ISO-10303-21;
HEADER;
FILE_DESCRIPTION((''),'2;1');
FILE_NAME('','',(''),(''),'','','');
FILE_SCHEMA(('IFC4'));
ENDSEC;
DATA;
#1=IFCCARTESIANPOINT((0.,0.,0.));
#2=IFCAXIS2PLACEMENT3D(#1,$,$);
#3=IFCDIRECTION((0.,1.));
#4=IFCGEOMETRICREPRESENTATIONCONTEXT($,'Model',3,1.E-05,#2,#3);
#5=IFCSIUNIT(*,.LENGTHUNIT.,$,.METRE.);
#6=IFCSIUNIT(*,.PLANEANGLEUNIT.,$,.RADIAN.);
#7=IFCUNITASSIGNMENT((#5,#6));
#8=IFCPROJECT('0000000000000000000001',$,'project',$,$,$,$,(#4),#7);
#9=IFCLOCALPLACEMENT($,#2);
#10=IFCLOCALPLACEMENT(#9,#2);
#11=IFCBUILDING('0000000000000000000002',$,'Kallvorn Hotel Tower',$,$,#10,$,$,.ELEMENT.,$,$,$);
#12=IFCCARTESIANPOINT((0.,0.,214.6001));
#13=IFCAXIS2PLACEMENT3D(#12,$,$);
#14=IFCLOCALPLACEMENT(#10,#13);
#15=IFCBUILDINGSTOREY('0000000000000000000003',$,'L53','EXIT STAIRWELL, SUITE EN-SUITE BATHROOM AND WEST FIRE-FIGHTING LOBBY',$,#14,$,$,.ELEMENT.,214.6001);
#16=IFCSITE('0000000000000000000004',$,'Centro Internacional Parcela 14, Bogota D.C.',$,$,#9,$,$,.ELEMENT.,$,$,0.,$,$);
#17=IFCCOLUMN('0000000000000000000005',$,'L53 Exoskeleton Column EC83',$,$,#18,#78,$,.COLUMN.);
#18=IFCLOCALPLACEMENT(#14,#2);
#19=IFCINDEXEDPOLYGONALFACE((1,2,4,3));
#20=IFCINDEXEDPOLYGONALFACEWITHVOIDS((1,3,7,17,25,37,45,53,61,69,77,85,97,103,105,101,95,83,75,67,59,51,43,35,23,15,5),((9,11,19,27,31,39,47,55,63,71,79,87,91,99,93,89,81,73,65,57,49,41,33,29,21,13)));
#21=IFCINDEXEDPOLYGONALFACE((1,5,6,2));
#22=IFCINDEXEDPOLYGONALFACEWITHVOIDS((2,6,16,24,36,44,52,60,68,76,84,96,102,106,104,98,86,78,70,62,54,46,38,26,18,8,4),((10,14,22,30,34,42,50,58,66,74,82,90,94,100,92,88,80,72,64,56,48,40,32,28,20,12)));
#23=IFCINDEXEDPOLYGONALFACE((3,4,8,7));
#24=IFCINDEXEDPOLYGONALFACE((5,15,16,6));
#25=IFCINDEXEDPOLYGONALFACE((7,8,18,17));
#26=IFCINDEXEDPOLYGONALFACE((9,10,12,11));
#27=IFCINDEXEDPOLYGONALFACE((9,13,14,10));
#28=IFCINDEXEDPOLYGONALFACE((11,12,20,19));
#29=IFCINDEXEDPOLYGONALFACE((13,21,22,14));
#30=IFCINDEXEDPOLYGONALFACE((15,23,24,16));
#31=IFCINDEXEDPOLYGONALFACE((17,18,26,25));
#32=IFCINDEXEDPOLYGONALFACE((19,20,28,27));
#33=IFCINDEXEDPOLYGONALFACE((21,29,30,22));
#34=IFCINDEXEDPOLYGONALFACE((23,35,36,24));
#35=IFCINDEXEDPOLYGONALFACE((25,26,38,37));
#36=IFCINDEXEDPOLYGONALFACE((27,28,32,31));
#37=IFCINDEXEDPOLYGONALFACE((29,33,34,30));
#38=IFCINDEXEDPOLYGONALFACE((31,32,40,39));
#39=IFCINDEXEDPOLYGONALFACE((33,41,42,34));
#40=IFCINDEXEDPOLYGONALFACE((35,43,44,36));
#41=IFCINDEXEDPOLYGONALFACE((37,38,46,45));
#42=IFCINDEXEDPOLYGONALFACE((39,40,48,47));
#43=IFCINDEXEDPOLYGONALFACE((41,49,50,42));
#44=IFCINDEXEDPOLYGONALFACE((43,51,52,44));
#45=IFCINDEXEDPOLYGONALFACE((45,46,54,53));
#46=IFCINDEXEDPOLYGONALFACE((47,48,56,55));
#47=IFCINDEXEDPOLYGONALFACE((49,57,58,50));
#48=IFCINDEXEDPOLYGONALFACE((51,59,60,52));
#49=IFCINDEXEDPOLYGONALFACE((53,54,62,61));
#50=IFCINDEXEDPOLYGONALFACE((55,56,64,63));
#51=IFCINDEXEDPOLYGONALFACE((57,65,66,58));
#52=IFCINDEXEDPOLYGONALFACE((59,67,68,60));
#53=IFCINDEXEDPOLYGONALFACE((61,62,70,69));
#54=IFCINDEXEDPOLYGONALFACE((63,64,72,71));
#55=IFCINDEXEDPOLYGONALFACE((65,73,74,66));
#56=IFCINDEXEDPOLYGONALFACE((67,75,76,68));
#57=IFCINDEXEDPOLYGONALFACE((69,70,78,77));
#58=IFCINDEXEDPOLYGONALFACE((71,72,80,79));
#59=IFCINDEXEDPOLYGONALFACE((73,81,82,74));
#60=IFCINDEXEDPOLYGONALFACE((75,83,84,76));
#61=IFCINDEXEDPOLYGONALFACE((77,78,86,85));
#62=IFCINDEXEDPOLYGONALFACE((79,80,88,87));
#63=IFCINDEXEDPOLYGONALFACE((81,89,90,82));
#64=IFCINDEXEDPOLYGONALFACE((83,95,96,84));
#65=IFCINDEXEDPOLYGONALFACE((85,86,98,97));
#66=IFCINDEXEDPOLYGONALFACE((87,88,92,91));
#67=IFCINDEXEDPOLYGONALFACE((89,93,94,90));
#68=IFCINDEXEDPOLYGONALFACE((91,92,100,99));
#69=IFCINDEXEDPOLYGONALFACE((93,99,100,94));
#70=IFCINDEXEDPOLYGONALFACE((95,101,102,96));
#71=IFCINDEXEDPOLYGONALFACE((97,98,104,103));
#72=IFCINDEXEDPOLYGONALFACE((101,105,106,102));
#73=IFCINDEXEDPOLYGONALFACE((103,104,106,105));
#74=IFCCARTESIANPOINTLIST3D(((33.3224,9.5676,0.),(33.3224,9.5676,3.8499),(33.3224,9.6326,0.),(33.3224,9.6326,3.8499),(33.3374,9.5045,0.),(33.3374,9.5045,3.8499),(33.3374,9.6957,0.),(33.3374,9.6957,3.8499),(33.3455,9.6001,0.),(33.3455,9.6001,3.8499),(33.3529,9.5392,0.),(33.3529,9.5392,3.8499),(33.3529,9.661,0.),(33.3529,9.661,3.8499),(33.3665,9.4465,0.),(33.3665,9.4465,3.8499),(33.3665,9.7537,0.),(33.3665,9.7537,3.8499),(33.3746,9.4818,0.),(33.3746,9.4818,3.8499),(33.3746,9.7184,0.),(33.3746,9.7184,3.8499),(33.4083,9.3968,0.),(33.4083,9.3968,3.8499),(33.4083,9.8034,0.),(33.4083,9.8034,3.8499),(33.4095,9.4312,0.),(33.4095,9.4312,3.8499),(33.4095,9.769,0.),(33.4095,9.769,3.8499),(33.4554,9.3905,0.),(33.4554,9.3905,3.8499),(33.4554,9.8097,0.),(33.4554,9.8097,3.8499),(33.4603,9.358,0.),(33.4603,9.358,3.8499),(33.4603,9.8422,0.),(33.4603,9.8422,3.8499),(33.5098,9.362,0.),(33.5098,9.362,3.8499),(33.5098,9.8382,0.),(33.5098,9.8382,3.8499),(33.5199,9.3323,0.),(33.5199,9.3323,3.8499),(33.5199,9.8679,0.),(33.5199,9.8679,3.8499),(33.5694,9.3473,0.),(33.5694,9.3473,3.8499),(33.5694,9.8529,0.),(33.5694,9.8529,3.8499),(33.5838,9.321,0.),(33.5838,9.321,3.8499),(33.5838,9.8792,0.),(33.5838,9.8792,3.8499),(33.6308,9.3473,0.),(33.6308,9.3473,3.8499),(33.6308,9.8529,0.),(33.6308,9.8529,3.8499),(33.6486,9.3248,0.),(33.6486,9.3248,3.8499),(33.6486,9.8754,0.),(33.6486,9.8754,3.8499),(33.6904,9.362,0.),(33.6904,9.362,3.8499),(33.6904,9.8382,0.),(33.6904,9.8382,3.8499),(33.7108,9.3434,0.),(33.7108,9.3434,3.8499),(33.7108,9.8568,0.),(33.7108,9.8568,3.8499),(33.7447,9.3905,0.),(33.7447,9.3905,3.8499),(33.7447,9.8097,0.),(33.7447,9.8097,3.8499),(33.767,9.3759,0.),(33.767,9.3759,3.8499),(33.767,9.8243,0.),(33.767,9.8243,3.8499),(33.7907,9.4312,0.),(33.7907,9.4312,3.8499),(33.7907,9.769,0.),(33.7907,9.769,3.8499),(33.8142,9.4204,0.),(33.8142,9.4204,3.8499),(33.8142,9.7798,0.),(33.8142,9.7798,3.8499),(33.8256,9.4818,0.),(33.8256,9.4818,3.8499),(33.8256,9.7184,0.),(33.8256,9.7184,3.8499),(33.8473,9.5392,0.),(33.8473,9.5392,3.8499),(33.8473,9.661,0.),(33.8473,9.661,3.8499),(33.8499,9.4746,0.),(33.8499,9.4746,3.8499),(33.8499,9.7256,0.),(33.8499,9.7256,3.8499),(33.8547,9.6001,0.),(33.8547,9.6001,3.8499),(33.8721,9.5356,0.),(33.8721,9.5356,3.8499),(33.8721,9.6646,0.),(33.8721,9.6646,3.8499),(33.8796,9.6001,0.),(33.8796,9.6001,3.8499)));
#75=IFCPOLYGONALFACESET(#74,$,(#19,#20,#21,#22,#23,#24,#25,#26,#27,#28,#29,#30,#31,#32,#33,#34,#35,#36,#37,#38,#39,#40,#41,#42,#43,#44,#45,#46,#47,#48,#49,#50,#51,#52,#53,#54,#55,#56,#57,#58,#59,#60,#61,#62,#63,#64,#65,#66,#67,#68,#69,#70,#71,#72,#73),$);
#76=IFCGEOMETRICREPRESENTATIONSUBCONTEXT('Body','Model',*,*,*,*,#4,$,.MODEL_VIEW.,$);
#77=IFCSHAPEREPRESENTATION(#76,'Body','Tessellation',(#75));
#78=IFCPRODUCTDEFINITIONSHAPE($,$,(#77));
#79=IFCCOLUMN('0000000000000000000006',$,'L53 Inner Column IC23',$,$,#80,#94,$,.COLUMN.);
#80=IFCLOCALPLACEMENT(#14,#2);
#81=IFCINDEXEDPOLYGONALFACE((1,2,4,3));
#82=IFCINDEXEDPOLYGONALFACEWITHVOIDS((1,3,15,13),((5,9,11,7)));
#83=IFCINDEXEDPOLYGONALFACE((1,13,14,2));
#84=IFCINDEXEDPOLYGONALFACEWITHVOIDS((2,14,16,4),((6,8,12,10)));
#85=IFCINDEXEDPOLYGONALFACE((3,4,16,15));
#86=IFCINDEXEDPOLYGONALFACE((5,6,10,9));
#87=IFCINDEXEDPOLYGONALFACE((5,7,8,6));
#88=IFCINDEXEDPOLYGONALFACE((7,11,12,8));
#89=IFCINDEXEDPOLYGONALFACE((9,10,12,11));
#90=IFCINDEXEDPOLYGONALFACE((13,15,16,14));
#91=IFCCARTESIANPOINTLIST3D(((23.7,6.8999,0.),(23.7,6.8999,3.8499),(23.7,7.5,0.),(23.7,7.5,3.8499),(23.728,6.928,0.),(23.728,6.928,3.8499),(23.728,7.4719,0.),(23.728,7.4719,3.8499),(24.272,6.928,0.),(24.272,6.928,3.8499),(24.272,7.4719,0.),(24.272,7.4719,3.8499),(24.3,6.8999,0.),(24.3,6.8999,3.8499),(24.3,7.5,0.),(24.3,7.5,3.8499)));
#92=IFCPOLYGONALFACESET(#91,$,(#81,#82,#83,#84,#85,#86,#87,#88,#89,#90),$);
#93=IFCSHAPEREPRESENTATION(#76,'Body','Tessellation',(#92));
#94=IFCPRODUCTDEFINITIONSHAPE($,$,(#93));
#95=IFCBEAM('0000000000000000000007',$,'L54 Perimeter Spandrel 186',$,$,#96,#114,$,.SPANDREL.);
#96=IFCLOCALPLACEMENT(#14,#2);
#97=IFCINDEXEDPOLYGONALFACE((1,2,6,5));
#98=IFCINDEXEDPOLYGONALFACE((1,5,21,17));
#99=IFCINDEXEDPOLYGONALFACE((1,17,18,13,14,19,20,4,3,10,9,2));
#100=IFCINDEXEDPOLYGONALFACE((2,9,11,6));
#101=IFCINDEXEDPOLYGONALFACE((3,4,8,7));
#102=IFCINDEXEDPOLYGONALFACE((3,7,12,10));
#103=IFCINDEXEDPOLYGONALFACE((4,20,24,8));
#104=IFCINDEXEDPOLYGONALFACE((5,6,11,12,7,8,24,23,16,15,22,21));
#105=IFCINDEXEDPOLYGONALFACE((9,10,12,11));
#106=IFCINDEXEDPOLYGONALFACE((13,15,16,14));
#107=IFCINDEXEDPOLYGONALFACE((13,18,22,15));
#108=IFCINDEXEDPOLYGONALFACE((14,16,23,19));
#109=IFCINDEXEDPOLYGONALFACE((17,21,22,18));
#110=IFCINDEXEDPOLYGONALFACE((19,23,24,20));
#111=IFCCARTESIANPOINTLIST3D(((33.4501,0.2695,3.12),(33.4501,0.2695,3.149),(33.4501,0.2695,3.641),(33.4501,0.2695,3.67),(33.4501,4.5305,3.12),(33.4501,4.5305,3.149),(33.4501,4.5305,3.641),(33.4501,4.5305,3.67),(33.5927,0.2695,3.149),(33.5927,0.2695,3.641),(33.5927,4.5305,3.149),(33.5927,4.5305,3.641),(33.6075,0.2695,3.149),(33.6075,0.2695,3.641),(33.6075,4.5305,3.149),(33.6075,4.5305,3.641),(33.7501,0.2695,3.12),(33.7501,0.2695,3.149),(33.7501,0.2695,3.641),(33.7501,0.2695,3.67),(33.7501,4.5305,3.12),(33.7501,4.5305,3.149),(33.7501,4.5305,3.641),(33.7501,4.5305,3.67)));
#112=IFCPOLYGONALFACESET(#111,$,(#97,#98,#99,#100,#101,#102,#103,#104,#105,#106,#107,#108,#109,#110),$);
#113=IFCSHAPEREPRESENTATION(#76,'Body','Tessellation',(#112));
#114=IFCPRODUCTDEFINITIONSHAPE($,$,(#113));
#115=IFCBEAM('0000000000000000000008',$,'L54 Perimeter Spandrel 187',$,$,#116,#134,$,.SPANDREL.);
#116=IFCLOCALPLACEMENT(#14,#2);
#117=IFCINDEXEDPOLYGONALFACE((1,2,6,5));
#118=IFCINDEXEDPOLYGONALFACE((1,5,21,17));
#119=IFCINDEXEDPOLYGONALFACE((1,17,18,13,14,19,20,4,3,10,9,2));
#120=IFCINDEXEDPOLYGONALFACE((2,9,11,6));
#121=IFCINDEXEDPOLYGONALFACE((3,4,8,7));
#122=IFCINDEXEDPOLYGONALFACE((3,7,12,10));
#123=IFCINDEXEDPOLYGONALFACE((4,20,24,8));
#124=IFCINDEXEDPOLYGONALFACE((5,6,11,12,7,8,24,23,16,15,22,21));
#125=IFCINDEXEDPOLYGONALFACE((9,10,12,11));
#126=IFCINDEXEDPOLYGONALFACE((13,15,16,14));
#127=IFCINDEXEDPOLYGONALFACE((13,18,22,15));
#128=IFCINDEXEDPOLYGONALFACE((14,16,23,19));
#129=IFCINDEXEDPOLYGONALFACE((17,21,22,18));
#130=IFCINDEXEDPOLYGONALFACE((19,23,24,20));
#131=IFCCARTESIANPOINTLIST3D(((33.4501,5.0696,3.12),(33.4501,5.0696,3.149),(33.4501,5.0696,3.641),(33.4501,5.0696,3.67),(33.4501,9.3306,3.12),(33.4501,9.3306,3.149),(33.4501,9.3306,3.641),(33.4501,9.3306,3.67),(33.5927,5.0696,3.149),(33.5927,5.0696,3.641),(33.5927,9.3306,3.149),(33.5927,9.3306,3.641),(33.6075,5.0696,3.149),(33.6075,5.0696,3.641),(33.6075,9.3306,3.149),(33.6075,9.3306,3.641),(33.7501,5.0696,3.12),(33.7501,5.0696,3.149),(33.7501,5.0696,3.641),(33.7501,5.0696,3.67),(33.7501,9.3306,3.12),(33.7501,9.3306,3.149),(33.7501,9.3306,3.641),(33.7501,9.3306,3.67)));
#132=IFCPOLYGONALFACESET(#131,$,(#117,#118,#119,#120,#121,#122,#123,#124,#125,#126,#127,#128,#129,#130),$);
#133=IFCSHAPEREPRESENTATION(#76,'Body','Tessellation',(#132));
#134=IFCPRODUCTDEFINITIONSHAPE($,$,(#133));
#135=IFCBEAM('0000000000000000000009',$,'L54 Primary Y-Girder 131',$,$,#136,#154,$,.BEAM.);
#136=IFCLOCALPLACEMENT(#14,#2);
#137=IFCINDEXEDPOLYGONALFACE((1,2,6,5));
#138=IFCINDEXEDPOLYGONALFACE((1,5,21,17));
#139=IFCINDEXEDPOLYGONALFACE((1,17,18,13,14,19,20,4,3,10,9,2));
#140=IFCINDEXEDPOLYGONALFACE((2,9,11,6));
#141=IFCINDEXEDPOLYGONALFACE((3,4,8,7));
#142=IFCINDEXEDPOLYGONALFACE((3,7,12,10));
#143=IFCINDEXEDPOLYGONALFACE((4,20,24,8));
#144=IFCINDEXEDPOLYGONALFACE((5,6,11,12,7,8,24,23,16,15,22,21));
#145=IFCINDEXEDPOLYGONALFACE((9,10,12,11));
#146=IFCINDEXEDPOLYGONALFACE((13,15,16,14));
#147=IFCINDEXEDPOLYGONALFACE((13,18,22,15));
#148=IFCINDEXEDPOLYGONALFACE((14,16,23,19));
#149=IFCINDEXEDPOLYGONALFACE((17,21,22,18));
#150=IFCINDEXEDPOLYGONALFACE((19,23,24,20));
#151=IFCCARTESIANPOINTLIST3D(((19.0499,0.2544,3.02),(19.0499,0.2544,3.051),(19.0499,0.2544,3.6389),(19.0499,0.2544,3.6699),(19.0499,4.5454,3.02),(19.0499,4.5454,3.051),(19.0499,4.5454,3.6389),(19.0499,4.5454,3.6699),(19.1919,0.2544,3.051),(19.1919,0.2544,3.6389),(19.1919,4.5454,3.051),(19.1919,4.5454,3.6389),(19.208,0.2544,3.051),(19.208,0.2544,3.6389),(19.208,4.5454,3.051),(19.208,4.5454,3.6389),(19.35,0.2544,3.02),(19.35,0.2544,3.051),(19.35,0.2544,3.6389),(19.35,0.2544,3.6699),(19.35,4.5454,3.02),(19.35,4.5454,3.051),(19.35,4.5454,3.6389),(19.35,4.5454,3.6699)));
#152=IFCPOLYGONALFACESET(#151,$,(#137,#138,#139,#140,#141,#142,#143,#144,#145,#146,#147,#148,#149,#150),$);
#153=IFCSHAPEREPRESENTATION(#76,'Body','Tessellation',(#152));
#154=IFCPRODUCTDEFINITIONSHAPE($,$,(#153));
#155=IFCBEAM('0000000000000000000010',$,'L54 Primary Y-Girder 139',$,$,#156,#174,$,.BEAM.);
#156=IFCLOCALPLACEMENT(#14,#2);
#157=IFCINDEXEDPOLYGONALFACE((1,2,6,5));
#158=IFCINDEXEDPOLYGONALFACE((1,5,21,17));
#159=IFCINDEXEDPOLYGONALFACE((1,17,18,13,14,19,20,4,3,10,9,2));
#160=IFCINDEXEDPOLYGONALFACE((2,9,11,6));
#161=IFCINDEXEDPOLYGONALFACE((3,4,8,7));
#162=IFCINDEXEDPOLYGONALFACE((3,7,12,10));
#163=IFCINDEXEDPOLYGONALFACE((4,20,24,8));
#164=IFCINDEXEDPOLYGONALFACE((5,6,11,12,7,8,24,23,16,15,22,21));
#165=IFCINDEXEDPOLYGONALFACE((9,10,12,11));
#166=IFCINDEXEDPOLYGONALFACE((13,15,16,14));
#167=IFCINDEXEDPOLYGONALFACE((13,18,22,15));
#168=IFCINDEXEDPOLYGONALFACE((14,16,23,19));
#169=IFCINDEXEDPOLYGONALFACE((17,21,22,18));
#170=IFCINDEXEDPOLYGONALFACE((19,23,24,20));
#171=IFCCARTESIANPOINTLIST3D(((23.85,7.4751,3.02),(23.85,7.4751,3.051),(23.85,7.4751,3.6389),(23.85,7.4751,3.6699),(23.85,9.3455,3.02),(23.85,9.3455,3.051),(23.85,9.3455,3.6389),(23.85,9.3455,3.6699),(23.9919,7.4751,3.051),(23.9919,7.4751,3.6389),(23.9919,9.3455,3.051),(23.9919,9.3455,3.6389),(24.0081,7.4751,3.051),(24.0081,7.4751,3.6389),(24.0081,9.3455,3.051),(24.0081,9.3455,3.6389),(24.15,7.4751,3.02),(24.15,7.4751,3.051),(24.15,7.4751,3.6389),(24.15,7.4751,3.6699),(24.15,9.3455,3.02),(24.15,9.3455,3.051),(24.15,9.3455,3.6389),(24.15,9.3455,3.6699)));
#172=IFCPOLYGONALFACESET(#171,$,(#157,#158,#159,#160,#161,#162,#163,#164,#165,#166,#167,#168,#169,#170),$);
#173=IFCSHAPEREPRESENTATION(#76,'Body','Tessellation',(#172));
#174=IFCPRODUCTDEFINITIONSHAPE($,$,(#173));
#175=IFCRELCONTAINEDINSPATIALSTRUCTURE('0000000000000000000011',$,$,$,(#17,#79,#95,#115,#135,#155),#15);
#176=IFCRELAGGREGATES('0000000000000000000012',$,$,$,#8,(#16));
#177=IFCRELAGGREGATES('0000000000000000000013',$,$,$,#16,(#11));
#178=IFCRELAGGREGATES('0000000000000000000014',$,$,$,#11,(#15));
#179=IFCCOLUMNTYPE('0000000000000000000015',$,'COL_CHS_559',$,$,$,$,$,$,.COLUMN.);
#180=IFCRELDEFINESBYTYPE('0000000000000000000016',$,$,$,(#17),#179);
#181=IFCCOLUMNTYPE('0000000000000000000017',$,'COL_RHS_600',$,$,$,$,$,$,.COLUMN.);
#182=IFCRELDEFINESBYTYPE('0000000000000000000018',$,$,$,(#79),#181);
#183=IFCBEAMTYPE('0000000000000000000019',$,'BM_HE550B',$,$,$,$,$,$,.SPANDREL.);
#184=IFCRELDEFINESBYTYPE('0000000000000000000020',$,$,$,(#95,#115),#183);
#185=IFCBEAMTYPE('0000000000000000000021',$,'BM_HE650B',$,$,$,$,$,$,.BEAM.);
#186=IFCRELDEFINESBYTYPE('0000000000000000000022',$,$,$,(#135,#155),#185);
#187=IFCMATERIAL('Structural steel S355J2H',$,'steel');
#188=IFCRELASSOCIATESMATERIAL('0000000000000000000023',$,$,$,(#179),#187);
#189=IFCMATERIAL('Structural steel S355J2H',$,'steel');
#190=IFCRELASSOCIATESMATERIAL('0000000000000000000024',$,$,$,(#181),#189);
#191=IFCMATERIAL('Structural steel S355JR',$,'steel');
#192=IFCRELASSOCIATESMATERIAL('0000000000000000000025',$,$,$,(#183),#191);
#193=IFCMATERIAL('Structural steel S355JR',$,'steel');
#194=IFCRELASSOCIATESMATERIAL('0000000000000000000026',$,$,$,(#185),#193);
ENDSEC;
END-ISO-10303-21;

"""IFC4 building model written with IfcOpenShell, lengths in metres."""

from ifc_helpers import new_model, si_unit, direction, frame, origin, origin_2d, place, context, subcontext, project, spatial, hollow_rectangle, hollow_circle, i_section, extrude, material, material_profile, profile_set, type_object, element, save


model = new_model("IFC4")

# Units and contexts
model_context = context("Model", 3, precision=1e-05, world=origin(), true_north=direction((0.0, 1.0)))
body_context = subcontext(model_context, "Body", "Model", "MODEL_VIEW")
ifc_project = project(units=[si_unit("LENGTHUNIT", "METRE"), si_unit("PLANEANGLEUNIT", "RADIAN")], contexts=[model_context])

# Site, building, storey
site_placement = place(None, origin())
site = spatial("IfcSite", under=ifc_project, at=site_placement, Name="Centro Internacional Parcela 14, Bogota D.C.", CompositionType="ELEMENT", RefElevation=0.0)
building_placement = place(site_placement, origin())
building = spatial("IfcBuilding", under=site, at=building_placement, Name="Kallvorn Hotel Tower", CompositionType="ELEMENT")
storey_placement = place(building_placement, frame((0.0, 0.0, 214.6001)))
storey = spatial("IfcBuildingStorey", under=building, at=storey_placement, Name="L53", Description="EXIT STAIRWELL, SUITE EN-SUITE BATHROOM AND WEST FIRE-FIGHTING LOBBY", CompositionType="ELEMENT", Elevation=214.6001)

# Columns
ifc_material_1 = material(Name="Structural steel S355J2H", Category="steel")
ifc_material_profile_1 = material_profile(ifc_material_1, hollow_circle(Radius=0.2795, WallThickness=0.0249, at=origin_2d()), Name="CHS 559x25")
ifc_profile_set_1 = profile_set([ifc_material_profile_1], Name="Structural steel S355J2H")
column_type_1 = type_object("IfcColumnType", Name="COL_CHS_559", PredefinedType="COLUMN", material=ifc_profile_set_1)
for number, where, z_axis, x_axis, name in (
    (1, (33.6001, 9.6001, 0.0), (0.0, 0.0, 1.0), (1.0, 0.0, 0.0), "L53 Exoskeleton Column EC83"),
):
    element("IfcColumn", number, at=place(storey_placement, frame(where, z_axis=z_axis, x_axis=x_axis)), inside=storey, type_object=column_type_1, Name=name, PredefinedType="COLUMN", context=body_context, shape_type="SweptSolid", body=[
        extrude(hollow_circle(Radius=0.2795, WallThickness=0.0249, at=origin_2d()), origin(), (0.0, 0.0, 1.0), 3.8499),
    ])
ifc_material_2 = material(Name="Structural steel S355J2H", Category="steel")
ifc_material_profile_2 = material_profile(ifc_material_2, hollow_rectangle(XDim=0.6001, YDim=0.6001, WallThickness=0.0281, at=origin_2d()), Name="RHS 600x600x28")
ifc_profile_set_2 = profile_set([ifc_material_profile_2], Name="Structural steel S355J2H")
column_type_2 = type_object("IfcColumnType", Name="COL_RHS_600", PredefinedType="COLUMN", material=ifc_profile_set_2)
column_placement = place(storey_placement, frame((24.0, 7.2, 0.0), z_axis=(0.0, 0.0, 1.0), x_axis=(1.0, 0.0, 0.0)))
element("IfcColumn", 2, at=column_placement, inside=storey, type_object=column_type_2, Name="L53 Inner Column IC23", PredefinedType="COLUMN", context=body_context, shape_type="SweptSolid", body=[
    extrude(hollow_rectangle(XDim=0.6001, YDim=0.6001, WallThickness=0.0281, at=origin_2d()), origin(), (0.0, 0.0, 1.0), 3.8499),
])

# Beams
ifc_material_3 = material(Name="Structural steel S355JR", Category="steel")
ifc_material_profile_3 = material_profile(ifc_material_3, i_section(OverallWidth=0.3, OverallDepth=0.55, WebThickness=0.0149, FlangeThickness=0.0291, at=origin_2d()), Name="HE 550 B")
ifc_profile_set_3 = profile_set([ifc_material_profile_3], Name="Structural steel S355JR")
beam_type_1 = type_object("IfcBeamType", Name="BM_HE550B", PredefinedType="SPANDREL", material=ifc_profile_set_3)
for number, where, z_axis, x_axis, name in (
    (3, (33.6001, 0.2695, 3.395), (0.0, 1.0, 0.0), (-1.0, 0.0, 0.0), "L54 Perimeter Spandrel 186"),
    (4, (33.6001, 5.0696, 3.395), (0.0, 1.0, 0.0), (-1.0, 0.0, 0.0), "L54 Perimeter Spandrel 187"),
):
    element("IfcBeam", number, at=place(storey_placement, frame(where, z_axis=z_axis, x_axis=x_axis)), inside=storey, type_object=beam_type_1, Name=name, PredefinedType="SPANDREL", context=body_context, shape_type="SweptSolid", body=[
        extrude(i_section(OverallWidth=0.3, OverallDepth=0.55, WebThickness=0.0149, FlangeThickness=0.0291, at=origin_2d()), origin(), (0.0, 0.0, 1.0), 4.261),
    ])
ifc_material_4 = material(Name="Structural steel S355JR", Category="steel")
ifc_material_profile_4 = material_profile(ifc_material_4, i_section(OverallWidth=0.3, OverallDepth=0.6499, WebThickness=0.0161, FlangeThickness=0.031, at=origin_2d()), Name="HE 650 B")
ifc_profile_set_4 = profile_set([ifc_material_profile_4], Name="Structural steel S355JR")
beam_type_2 = type_object("IfcBeamType", Name="BM_HE650B", PredefinedType="BEAM", material=ifc_profile_set_4)
beam_1_placement = place(storey_placement, frame((19.2, 0.2544, 3.345), z_axis=(0.0, 1.0, 0.0), x_axis=(-1.0, 0.0, 0.0)))
element("IfcBeam", 5, at=beam_1_placement, inside=storey, type_object=beam_type_2, Name="L54 Primary Y-Girder 131", PredefinedType="BEAM", context=body_context, shape_type="SweptSolid", body=[
    extrude(i_section(OverallWidth=0.3, OverallDepth=0.6499, WebThickness=0.0161, FlangeThickness=0.031, at=origin_2d()), origin(), (0.0, 0.0, 1.0), 4.291),
])
beam_2_placement = place(storey_placement, frame((24.0, 7.4751, 3.345), z_axis=(0.0, 1.0, 0.0), x_axis=(-1.0, 0.0, 0.0)))
element("IfcBeam", 6, at=beam_2_placement, inside=storey, type_object=beam_type_2, Name="L54 Primary Y-Girder 139", PredefinedType="BEAM", context=body_context, shape_type="SweptSolid", body=[
    extrude(i_section(OverallWidth=0.3, OverallDepth=0.6499, WebThickness=0.0161, FlangeThickness=0.031, at=origin_2d()), origin(), (0.0, 0.0, 1.0), 1.8704),
])

save(model, "model.ifc")
